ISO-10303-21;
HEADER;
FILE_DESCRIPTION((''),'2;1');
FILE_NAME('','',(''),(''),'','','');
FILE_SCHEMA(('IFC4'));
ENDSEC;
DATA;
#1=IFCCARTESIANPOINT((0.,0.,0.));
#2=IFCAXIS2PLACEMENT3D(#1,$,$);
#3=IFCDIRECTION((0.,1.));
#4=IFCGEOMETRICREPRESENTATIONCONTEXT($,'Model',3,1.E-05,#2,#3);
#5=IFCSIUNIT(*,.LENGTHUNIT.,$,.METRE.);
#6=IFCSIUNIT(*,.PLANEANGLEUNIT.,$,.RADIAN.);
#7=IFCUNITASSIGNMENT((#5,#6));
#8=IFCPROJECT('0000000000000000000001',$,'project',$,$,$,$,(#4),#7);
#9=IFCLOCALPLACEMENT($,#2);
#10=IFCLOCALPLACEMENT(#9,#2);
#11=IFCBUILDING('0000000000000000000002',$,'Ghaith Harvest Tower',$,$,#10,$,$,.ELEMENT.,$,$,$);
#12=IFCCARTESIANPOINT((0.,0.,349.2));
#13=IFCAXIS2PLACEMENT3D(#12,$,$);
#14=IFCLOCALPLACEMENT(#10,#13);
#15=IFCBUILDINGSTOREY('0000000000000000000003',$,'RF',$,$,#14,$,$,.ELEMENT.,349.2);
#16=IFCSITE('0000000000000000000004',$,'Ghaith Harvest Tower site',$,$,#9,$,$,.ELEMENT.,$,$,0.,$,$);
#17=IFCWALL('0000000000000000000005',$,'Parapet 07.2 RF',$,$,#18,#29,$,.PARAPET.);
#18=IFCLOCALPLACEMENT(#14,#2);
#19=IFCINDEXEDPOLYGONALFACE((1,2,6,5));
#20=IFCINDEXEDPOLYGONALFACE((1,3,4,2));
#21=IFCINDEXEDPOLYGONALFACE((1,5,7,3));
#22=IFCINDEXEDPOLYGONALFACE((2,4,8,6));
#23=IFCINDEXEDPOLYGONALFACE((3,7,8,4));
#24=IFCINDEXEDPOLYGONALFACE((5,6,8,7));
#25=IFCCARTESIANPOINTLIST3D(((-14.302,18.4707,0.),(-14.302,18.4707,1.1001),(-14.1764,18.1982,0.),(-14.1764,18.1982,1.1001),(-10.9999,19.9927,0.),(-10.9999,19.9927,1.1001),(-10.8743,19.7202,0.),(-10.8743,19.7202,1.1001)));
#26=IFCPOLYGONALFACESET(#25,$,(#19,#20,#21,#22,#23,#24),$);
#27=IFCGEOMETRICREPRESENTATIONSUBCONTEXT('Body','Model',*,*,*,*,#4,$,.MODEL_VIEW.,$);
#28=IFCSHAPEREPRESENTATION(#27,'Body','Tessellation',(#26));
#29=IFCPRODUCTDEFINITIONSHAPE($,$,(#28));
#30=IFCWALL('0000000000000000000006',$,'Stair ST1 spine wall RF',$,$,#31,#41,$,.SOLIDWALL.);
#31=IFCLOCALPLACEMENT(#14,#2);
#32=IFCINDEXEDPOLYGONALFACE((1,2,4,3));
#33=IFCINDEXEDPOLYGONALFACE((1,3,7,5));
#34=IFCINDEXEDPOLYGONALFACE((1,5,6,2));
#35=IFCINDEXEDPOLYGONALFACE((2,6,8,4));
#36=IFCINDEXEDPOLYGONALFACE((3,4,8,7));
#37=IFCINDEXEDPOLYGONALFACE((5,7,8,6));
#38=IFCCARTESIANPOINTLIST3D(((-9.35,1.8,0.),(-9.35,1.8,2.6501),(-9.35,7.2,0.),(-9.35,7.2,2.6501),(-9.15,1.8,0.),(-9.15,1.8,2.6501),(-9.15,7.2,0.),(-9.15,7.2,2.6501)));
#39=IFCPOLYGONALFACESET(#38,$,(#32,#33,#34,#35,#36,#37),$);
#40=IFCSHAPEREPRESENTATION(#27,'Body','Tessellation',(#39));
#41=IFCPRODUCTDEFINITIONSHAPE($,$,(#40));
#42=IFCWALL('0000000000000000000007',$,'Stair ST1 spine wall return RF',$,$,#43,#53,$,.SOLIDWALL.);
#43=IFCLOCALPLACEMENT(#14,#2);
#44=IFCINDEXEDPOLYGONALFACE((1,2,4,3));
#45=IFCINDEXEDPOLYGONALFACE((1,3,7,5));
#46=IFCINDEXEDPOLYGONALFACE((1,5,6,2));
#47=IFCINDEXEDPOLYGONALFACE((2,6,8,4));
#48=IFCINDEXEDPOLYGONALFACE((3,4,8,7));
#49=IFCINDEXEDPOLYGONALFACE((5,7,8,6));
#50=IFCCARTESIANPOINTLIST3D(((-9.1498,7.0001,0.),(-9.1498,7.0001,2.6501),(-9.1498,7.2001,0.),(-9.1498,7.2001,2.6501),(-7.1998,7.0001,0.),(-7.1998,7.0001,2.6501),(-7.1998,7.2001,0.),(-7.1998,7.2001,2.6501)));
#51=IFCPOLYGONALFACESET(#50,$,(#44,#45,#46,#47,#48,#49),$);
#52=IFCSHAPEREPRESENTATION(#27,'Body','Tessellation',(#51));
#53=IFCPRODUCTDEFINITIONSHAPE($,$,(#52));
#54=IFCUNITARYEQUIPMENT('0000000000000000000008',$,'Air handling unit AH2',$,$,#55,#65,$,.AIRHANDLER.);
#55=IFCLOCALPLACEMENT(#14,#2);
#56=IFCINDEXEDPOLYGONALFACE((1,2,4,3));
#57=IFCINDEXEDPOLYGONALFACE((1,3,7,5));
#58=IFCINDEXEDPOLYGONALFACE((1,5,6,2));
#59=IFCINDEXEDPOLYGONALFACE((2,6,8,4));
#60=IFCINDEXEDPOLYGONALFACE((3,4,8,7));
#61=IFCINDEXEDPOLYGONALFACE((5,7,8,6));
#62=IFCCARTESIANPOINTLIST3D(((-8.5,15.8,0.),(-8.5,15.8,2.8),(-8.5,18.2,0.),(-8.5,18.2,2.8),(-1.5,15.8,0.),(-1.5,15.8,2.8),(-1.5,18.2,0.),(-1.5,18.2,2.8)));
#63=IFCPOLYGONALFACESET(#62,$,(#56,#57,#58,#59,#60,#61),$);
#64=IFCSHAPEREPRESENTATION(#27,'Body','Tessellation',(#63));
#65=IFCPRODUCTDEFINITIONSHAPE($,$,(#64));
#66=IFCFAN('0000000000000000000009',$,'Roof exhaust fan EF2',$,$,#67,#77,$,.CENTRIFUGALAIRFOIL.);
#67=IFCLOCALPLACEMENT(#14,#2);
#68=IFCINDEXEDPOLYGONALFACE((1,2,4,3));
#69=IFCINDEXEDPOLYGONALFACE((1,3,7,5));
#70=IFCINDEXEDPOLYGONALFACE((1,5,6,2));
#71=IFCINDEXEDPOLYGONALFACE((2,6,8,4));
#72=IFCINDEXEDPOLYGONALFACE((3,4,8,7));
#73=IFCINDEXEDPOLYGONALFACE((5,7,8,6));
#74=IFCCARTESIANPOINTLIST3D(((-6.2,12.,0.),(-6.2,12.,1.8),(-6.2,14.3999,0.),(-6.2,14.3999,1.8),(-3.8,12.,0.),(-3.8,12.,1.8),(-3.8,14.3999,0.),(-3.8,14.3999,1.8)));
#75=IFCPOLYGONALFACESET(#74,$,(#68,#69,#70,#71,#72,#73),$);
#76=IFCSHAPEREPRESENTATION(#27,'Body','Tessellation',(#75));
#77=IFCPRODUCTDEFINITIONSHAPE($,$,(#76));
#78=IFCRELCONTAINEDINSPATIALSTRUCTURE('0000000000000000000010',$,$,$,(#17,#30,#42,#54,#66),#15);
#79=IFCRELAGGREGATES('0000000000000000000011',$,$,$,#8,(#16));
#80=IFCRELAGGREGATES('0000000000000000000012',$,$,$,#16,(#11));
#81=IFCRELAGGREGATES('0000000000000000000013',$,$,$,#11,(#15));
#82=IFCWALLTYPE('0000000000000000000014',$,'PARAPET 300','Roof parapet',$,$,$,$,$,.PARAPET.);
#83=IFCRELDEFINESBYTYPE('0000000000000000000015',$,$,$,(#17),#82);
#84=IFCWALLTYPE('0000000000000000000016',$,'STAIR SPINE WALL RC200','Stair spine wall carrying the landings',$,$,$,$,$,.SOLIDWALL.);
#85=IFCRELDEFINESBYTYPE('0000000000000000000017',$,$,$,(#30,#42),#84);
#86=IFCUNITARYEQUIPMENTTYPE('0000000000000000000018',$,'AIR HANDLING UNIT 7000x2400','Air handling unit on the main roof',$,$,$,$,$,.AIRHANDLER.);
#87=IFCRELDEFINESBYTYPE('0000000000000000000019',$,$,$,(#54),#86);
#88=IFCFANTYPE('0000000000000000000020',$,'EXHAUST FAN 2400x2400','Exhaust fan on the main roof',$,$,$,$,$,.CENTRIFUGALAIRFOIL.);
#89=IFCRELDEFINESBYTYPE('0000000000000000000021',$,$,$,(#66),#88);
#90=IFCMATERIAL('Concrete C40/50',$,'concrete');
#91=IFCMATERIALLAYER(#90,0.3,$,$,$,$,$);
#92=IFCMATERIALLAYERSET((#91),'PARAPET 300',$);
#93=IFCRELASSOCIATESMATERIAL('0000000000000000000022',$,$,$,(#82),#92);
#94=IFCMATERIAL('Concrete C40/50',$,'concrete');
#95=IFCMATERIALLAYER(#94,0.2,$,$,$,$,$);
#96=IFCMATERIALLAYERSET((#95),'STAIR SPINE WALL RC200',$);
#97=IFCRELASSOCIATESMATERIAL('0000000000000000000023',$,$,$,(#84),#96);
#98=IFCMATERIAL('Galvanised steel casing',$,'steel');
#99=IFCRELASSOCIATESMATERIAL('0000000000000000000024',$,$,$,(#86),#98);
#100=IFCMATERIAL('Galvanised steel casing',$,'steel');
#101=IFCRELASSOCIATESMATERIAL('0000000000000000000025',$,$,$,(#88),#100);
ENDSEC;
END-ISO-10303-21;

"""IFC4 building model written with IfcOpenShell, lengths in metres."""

from ifc_helpers import new_model, si_unit, direction, frame, frame_2d, origin, origin_2d, place, context, subcontext, project, spatial, rectangle, extrude, material, layer, layer_set, type_object, element, save


model = new_model("IFC4")

# Units and contexts
model_context = context("Model", 3, precision=1e-05, world=origin(), true_north=direction((0.0, 1.0)))
body_context = subcontext(model_context, "Body", "Model", "MODEL_VIEW")
ifc_project = project(units=[si_unit("LENGTHUNIT", "METRE"), si_unit("PLANEANGLEUNIT", "RADIAN")], contexts=[model_context])

# Site, building, storey
site_placement = place(None, origin())
site = spatial("IfcSite", under=ifc_project, at=site_placement, Name="Ghaith Harvest Tower site", CompositionType="ELEMENT", RefElevation=0.0)
building_placement = place(site_placement, origin())
building = spatial("IfcBuilding", under=site, at=building_placement, Name="Ghaith Harvest Tower", CompositionType="ELEMENT")
storey_placement = place(building_placement, frame((0.0, 0.0, 349.2)))
storey = spatial("IfcBuildingStorey", under=building, at=storey_placement, Name="RF", CompositionType="ELEMENT", Elevation=349.2)

# Walls
ifc_material_1 = material(Name="Concrete C40/50", Category="concrete")
ifc_layer_1 = layer(ifc_material_1, 0.3)
ifc_layer_set_1 = layer_set([ifc_layer_1], Name="PARAPET 300")
wall_type_1 = type_object("IfcWallType", Name="PARAPET 300", Description="Roof parapet", PredefinedType="PARAPET", material=ifc_layer_set_1)
wall_1_placement = place(storey_placement, frame((-10.9373, 19.8564, 0.0), z_axis=(0.0, 0.0, 1.0), x_axis=(-0.908172, -0.418598, 0.0)))
element("IfcWall", 1, at=wall_1_placement, inside=storey, type_object=wall_type_1, Name="Parapet 07.2 RF", PredefinedType="PARAPET", context=body_context, shape_type="SweptSolid", body=[
    extrude(rectangle(XDim=3.636, YDim=0.3, at=frame_2d((1.8179, 0.0))), origin(), (0.0, 0.0, 1.0), 1.1001),
])
ifc_material_2 = material(Name="Concrete C40/50", Category="concrete")
ifc_layer_2 = layer(ifc_material_2, 0.2)
ifc_layer_set_2 = layer_set([ifc_layer_2], Name="STAIR SPINE WALL RC200")
wall_type_2 = type_object("IfcWallType", Name="STAIR SPINE WALL RC200", Description="Stair spine wall carrying the landings", PredefinedType="SOLIDWALL", material=ifc_layer_set_2)
wall_2_placement = place(storey_placement, frame((-9.25, 7.2, 0.0), z_axis=(0.0, 0.0, 1.0), x_axis=(0.0, -1.0, 0.0)))
element("IfcWall", 2, at=wall_2_placement, inside=storey, type_object=wall_type_2, Name="Stair ST1 spine wall RF", PredefinedType="SOLIDWALL", context=body_context, shape_type="SweptSolid", body=[
    extrude(rectangle(XDim=5.3999, YDim=0.2, at=frame_2d((2.7, 0.0))), origin(), (0.0, 0.0, 1.0), 2.6501),
])
wall_3_placement = place(storey_placement, frame((-9.1499, 7.1001, 0.0), z_axis=(0.0, 0.0, 1.0), x_axis=(1.0, 0.0, 0.0)))
element("IfcWall", 3, at=wall_3_placement, inside=storey, type_object=wall_type_2, Name="Stair ST1 spine wall return RF", PredefinedType="SOLIDWALL", context=body_context, shape_type="SweptSolid", body=[
    extrude(rectangle(XDim=1.95, YDim=0.2, at=frame_2d((0.9751, 0.0))), origin(), (0.0, 0.0, 1.0), 2.6501),
])

# Unitary equipment
ifc_material_3 = material(Name="Galvanised steel casing", Category="steel")
unitary_equipment_type = type_object("IfcUnitaryEquipmentType", Name="AIR HANDLING UNIT 7000x2400", Description="Air handling unit on the main roof", PredefinedType="AIRHANDLER", material=ifc_material_3)
unitary_equipment_placement = place(storey_placement, frame((-5.0, 17.0, 0.0), z_axis=(0.0, 0.0, 1.0), x_axis=(1.0, 0.0, 0.0)))
element("IfcUnitaryEquipment", 4, at=unitary_equipment_placement, inside=storey, type_object=unitary_equipment_type, Name="Air handling unit AH2", PredefinedType="AIRHANDLER", context=body_context, shape_type="SweptSolid", body=[
    extrude(rectangle(XDim=7.0, YDim=2.3999, at=origin_2d()), origin(), (0.0, 0.0, 1.0), 2.8),
])

# Fan
ifc_material_4 = material(Name="Galvanised steel casing", Category="steel")
fan_type = type_object("IfcFanType", Name="EXHAUST FAN 2400x2400", Description="Exhaust fan on the main roof", PredefinedType="CENTRIFUGALAIRFOIL", material=ifc_material_4)
fan_placement = place(storey_placement, frame((-5.0, 13.2, 0.0), z_axis=(0.0, 0.0, 1.0), x_axis=(1.0, 0.0, 0.0)))
element("IfcFan", 5, at=fan_placement, inside=storey, type_object=fan_type, Name="Roof exhaust fan EF2", PredefinedType="CENTRIFUGALAIRFOIL", context=body_context, shape_type="SweptSolid", body=[
    extrude(rectangle(XDim=2.3999, YDim=2.3999, at=origin_2d()), origin(), (0.0, 0.0, 1.0), 1.8),
])

save(model, "model.ifc")
